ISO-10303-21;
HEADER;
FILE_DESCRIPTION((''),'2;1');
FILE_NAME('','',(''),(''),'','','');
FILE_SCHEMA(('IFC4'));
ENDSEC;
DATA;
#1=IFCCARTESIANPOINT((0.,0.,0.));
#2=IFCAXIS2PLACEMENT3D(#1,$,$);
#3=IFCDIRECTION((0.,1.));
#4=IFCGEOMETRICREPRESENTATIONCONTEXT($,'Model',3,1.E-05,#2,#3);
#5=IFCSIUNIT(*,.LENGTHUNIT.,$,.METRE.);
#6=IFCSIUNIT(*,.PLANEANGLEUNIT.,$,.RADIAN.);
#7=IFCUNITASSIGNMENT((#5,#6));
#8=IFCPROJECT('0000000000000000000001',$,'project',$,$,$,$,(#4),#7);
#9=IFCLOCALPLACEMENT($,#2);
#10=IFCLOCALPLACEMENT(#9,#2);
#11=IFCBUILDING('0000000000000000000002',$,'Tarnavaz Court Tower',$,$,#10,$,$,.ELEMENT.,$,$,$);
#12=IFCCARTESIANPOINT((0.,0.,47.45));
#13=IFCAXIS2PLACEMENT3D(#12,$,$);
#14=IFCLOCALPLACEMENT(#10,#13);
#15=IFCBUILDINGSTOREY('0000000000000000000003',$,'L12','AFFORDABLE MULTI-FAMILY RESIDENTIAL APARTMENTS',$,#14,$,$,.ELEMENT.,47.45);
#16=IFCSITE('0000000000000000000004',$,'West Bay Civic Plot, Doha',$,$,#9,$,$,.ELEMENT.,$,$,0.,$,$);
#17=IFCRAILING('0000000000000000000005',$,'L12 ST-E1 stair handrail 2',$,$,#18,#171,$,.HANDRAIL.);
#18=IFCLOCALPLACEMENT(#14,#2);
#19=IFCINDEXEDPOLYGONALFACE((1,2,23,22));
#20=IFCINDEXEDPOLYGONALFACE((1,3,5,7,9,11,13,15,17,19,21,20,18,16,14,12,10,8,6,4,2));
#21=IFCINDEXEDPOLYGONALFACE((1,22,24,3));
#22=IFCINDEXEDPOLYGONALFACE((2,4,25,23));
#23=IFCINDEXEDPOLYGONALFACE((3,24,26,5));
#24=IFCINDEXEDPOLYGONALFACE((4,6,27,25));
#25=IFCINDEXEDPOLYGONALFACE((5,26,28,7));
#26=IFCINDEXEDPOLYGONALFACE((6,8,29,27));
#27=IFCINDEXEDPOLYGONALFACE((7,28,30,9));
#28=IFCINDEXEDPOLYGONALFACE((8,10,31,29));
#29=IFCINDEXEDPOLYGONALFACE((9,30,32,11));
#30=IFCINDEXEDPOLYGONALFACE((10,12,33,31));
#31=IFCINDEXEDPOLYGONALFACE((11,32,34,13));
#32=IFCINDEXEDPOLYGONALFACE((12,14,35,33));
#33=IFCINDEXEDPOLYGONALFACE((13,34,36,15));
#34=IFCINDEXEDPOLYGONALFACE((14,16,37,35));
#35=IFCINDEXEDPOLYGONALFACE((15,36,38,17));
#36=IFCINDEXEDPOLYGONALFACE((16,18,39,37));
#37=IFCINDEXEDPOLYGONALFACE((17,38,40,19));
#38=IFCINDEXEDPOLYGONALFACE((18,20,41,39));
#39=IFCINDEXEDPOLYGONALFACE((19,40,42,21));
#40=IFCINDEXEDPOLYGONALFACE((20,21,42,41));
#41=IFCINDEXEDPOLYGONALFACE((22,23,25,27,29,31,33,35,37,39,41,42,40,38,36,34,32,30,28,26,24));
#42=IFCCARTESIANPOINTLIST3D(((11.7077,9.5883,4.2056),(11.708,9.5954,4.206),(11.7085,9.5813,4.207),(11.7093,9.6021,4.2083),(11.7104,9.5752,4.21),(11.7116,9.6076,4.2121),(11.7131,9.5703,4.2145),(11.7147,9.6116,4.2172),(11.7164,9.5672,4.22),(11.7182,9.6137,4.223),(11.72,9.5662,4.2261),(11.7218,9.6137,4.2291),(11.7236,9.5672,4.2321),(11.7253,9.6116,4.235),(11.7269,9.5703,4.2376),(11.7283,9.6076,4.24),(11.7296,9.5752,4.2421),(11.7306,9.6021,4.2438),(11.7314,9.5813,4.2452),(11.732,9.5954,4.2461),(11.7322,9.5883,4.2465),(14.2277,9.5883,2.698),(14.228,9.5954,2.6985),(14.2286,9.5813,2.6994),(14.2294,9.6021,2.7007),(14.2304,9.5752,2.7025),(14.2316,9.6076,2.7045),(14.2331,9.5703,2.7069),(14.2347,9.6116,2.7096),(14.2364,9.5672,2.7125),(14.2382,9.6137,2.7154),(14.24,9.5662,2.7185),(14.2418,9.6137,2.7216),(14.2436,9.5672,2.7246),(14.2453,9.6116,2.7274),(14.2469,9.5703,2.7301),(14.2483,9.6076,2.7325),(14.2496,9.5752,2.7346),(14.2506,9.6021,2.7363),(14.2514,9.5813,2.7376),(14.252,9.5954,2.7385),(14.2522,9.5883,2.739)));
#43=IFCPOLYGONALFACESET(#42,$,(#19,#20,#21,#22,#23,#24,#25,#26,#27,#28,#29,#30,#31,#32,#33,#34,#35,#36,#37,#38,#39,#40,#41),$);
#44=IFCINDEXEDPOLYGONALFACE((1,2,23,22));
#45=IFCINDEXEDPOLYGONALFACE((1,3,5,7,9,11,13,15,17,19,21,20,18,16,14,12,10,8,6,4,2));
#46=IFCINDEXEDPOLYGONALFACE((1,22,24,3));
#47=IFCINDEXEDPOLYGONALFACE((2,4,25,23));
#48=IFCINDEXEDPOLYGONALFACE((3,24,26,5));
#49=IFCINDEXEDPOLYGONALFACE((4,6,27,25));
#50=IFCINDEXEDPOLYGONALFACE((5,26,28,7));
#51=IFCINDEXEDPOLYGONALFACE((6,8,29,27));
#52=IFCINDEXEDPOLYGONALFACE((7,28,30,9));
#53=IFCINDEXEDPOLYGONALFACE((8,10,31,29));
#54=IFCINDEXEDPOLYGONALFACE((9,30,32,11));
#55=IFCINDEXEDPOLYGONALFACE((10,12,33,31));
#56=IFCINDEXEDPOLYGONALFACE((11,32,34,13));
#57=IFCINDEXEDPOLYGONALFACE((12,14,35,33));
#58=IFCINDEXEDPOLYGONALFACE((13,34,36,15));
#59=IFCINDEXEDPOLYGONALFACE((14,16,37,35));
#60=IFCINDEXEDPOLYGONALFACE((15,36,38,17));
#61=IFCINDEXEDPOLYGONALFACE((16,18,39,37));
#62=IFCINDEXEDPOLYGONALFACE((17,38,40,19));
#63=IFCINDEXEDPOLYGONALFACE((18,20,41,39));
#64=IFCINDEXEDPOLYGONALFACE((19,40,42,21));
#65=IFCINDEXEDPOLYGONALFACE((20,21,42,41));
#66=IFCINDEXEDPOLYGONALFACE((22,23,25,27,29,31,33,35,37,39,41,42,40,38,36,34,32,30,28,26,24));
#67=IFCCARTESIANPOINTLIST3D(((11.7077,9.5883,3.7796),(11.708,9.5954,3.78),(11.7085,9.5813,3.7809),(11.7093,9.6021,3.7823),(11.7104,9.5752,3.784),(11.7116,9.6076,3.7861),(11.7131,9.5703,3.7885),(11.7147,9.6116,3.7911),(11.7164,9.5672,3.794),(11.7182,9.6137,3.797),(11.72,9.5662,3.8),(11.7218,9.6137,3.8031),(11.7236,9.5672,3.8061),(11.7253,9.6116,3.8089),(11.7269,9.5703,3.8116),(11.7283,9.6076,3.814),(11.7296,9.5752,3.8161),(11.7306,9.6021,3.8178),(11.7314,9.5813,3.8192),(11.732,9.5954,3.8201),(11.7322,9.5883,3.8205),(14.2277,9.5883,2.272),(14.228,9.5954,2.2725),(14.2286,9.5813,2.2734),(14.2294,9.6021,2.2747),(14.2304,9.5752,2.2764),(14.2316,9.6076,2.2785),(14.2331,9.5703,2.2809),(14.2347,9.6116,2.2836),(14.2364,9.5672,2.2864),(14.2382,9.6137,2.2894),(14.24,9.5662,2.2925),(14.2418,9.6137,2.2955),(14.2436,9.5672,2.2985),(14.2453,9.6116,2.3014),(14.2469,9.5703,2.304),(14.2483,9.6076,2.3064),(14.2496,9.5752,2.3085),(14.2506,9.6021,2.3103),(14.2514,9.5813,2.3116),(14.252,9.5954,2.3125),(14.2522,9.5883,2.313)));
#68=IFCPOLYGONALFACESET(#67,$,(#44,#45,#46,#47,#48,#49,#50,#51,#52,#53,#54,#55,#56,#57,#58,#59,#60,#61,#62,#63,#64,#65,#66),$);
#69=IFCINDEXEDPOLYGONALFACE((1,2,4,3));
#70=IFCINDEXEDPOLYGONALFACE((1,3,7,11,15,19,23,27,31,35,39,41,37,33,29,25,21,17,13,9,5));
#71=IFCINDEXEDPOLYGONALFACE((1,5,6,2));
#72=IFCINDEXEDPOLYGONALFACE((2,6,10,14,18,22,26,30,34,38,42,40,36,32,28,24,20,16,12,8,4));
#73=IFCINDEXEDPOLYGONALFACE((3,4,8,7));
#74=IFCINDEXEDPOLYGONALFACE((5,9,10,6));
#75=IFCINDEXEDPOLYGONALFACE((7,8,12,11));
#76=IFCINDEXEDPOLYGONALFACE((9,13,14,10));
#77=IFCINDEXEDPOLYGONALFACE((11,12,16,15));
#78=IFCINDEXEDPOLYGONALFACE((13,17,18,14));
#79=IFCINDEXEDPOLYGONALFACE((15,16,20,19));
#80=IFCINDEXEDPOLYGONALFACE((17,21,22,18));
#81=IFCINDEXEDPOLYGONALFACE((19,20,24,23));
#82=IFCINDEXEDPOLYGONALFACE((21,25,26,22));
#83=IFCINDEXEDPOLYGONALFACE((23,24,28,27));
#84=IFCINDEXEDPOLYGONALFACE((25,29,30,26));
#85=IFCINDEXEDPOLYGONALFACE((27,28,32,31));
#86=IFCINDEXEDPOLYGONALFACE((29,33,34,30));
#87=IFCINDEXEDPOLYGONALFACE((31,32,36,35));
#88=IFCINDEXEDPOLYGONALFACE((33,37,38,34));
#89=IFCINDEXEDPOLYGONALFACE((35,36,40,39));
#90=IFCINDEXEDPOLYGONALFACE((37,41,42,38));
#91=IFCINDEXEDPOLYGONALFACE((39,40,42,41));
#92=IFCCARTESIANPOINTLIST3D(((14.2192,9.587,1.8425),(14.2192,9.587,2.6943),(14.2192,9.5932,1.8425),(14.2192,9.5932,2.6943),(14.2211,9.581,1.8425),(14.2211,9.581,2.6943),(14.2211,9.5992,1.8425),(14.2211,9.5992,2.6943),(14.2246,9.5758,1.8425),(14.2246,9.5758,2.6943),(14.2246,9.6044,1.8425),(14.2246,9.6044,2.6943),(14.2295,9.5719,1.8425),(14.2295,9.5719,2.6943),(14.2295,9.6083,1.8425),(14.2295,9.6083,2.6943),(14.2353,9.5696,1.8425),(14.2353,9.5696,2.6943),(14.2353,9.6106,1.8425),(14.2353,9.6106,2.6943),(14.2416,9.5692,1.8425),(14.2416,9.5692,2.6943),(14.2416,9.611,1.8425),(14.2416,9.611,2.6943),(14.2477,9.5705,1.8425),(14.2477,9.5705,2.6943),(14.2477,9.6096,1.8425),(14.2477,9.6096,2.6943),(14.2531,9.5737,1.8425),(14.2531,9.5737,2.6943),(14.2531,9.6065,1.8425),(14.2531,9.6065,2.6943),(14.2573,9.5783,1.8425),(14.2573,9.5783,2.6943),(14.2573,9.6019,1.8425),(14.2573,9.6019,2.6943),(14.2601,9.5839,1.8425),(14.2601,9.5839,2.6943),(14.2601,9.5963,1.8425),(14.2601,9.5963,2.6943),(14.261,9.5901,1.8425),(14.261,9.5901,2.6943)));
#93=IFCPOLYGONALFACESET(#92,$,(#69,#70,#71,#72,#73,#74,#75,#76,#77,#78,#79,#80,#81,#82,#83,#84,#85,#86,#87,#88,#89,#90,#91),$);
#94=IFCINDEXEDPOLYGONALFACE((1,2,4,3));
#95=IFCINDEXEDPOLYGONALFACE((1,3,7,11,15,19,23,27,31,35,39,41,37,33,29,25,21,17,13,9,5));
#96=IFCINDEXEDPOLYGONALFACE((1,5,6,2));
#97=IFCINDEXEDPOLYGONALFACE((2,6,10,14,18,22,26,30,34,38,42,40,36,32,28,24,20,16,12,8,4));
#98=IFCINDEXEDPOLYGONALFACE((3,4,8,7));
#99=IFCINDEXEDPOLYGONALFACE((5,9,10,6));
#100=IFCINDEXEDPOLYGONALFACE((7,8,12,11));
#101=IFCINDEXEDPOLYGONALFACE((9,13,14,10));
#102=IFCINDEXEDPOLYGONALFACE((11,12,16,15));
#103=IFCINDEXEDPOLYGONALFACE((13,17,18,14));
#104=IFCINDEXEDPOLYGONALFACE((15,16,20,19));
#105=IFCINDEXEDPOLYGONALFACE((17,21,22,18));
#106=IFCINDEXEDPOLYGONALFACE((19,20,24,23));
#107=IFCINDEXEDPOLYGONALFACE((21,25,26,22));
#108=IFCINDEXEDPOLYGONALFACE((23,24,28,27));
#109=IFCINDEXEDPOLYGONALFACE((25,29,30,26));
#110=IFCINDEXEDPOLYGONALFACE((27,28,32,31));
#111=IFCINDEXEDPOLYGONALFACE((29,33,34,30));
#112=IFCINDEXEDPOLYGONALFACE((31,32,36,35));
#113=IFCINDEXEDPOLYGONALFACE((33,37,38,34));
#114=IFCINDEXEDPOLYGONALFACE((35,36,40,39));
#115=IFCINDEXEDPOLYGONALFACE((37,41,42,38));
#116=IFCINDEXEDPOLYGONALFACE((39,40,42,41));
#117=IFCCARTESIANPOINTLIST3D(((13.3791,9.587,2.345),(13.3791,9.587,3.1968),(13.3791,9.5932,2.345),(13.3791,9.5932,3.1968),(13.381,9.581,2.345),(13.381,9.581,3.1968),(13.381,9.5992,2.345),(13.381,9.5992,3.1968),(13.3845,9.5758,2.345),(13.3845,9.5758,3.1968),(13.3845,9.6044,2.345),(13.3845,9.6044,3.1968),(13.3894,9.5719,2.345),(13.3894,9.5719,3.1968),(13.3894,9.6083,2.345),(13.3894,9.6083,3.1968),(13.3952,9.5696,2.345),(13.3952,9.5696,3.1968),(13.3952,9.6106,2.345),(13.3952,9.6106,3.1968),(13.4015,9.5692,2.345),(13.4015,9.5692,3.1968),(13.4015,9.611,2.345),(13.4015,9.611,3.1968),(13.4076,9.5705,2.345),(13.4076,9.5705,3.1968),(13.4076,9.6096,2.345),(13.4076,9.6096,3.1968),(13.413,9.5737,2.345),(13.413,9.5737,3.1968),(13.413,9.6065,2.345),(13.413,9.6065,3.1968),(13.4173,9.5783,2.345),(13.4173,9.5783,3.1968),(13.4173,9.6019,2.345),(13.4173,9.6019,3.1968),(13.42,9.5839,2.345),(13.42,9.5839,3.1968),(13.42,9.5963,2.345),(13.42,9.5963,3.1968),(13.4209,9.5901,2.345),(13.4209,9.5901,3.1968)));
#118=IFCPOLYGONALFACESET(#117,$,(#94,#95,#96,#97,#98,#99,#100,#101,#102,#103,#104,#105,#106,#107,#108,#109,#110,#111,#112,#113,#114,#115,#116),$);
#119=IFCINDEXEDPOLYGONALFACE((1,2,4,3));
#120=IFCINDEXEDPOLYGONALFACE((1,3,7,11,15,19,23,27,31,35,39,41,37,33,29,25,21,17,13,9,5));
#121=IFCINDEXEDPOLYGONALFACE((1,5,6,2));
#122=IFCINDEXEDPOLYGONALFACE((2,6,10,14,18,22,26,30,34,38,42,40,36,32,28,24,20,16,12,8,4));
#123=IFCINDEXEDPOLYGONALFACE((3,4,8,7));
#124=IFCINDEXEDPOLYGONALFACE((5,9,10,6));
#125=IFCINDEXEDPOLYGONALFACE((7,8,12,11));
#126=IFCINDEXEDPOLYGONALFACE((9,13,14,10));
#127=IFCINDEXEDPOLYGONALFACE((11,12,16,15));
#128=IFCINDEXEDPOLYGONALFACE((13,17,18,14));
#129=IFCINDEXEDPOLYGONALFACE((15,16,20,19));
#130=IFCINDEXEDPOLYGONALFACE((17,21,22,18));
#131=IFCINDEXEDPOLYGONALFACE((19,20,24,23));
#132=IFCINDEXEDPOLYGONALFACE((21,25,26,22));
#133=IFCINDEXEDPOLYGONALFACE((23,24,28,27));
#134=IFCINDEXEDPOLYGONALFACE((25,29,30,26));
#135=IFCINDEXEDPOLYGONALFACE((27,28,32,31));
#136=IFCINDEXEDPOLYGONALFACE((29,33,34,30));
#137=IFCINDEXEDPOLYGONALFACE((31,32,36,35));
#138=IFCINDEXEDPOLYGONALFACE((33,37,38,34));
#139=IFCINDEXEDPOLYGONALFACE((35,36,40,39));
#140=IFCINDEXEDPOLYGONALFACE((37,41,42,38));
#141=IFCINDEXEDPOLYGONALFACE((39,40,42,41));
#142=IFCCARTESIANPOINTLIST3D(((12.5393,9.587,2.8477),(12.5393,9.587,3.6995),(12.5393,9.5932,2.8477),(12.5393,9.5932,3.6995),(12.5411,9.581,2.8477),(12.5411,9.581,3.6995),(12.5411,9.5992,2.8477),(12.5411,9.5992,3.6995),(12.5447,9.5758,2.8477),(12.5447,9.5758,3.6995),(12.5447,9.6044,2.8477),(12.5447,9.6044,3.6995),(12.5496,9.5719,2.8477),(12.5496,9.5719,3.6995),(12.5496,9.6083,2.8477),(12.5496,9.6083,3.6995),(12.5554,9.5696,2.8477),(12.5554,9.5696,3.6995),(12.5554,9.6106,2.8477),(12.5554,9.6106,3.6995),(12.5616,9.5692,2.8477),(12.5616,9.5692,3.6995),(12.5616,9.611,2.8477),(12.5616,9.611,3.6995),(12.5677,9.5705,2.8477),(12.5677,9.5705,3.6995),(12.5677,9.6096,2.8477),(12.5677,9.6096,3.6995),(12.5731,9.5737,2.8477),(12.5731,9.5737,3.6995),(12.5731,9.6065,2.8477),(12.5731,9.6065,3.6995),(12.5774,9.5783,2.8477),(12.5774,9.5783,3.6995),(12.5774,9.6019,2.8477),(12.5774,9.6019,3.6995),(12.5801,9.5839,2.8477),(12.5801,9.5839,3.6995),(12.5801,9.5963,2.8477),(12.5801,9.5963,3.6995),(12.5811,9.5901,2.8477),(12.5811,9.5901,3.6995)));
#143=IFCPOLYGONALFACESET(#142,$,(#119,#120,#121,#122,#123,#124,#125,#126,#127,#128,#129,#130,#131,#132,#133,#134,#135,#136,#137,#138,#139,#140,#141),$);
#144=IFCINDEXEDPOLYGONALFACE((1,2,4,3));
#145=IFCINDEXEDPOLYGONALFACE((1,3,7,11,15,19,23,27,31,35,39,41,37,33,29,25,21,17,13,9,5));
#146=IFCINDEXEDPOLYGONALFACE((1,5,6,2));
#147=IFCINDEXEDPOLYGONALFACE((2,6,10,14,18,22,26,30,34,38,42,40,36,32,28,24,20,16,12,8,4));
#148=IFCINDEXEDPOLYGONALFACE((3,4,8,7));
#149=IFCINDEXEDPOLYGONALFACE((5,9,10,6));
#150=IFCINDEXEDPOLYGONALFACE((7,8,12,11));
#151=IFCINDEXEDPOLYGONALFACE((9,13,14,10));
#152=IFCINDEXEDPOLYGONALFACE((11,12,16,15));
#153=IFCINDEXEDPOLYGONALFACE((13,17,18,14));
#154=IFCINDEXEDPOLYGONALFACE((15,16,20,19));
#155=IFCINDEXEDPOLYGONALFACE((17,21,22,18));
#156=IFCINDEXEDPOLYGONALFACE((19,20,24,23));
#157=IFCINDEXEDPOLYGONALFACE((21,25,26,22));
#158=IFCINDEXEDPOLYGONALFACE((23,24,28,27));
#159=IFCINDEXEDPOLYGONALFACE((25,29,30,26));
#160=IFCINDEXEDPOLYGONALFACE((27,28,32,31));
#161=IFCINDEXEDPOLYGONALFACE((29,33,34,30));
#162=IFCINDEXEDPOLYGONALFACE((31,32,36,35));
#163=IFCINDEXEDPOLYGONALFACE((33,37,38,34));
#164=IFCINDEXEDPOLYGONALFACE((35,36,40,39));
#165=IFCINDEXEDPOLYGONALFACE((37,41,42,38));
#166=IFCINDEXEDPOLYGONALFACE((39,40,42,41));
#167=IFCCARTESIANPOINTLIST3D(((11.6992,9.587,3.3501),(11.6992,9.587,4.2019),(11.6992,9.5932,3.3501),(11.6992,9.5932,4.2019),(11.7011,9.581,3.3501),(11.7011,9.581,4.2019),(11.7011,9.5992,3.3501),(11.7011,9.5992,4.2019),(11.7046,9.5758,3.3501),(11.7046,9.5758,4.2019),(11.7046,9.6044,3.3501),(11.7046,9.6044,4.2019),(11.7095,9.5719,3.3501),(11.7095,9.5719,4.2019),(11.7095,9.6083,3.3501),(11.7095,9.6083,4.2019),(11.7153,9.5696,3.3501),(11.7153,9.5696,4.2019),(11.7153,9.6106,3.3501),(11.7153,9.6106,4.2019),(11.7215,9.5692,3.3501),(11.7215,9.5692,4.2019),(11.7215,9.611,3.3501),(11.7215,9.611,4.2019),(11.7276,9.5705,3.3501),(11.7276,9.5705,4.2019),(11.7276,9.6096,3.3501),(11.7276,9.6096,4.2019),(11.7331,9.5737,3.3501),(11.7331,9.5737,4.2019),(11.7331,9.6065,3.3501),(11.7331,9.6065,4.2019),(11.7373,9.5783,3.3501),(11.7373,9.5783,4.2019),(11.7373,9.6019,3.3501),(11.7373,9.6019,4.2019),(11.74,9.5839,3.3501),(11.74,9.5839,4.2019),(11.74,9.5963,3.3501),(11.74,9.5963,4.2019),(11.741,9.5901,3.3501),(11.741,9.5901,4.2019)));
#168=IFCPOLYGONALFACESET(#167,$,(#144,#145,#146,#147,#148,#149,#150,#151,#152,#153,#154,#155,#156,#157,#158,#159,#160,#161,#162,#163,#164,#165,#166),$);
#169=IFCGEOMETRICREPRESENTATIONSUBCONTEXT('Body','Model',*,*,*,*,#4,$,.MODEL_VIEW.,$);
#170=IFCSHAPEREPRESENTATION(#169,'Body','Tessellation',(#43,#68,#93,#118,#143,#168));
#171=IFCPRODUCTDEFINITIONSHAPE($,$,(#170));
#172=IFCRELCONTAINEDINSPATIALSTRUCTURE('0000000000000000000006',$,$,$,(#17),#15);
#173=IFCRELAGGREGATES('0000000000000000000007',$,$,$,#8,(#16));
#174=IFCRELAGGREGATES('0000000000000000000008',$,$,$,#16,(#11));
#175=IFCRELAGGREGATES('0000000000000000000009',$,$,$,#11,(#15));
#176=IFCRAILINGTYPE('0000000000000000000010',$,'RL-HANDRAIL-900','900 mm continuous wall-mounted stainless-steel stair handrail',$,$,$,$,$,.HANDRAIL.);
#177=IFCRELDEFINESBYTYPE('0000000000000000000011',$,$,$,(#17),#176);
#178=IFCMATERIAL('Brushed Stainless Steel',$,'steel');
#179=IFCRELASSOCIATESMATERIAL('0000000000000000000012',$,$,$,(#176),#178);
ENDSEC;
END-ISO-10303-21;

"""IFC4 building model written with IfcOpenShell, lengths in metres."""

from ifc_helpers import new_model, si_unit, direction, frame, origin, origin_2d, place, context, subcontext, project, spatial, circle, extrude, material, type_object, element, save


model = new_model("IFC4")

# Units and contexts
model_context = context("Model", 3, precision=1e-05, world=origin(), true_north=direction((0.0, 1.0)))
body_context = subcontext(model_context, "Body", "Model", "MODEL_VIEW")
ifc_project = project(units=[si_unit("LENGTHUNIT", "METRE"), si_unit("PLANEANGLEUNIT", "RADIAN")], contexts=[model_context])

# Site, building, storey
site_placement = place(None, origin())
site = spatial("IfcSite", under=ifc_project, at=site_placement, Name="West Bay Civic Plot, Doha", CompositionType="ELEMENT", RefElevation=0.0)
building_placement = place(site_placement, origin())
building = spatial("IfcBuilding", under=site, at=building_placement, Name="Tarnavaz Court Tower", CompositionType="ELEMENT")
storey_placement = place(building_placement, frame((0.0, 0.0, 47.45)))
storey = spatial("IfcBuildingStorey", under=building, at=storey_placement, Name="L12", Description="AFFORDABLE MULTI-FAMILY RESIDENTIAL APARTMENTS", CompositionType="ELEMENT", Elevation=47.45)

# Railing
ifc_material_1 = material(Name="Brushed Stainless Steel", Category="steel")
railing_type_1 = type_object("IfcRailingType", Name="RL-HANDRAIL-900", Description="900 mm continuous wall-mounted stainless-steel stair handrail", PredefinedType="HANDRAIL", material=ifc_material_1)
railing_1_placement = place(storey_placement, frame((14.24, 9.5901, 1.8425)))
element("IfcRailing", 1, at=railing_1_placement, inside=storey, type_object=railing_type_1, Name="L12 ST-E1 stair handrail 2", PredefinedType="HANDRAIL", context=body_context, shape_type="SweptSolid", body=[
    extrude(circle(Radius=0.0239, at=origin_2d()), frame((0.0, 0.0, 0.876), z_axis=(-0.85816, 0.0, 0.513383), x_axis=(0.0, -1.0, 0.0)), (0.0, 0.0, 1.0), 2.9365),
    extrude(circle(Radius=0.0239, at=origin_2d()), frame((0.0, 0.0, 0.45), z_axis=(-0.85816, 0.0, 0.513383), x_axis=(0.0, -1.0, 0.0)), (0.0, 0.0, 1.0), 2.9365),
    extrude(circle(Radius=0.021, at=origin_2d()), origin(), (0.0, 0.0, 1.0), 0.8518),
    extrude(circle(Radius=0.021, at=origin_2d()), frame((-0.8401, 0.0, 0.5024)), (0.0, 0.0, 1.0), 0.8518),
    extrude(circle(Radius=0.021, at=origin_2d()), frame((-1.6799, 0.0, 1.0051)), (0.0, 0.0, 1.0), 0.8518),
    extrude(circle(Radius=0.021, at=origin_2d()), frame((-2.52, 0.0, 1.5076)), (0.0, 0.0, 1.0), 0.8518),
])

save(model, "model.ifc")
